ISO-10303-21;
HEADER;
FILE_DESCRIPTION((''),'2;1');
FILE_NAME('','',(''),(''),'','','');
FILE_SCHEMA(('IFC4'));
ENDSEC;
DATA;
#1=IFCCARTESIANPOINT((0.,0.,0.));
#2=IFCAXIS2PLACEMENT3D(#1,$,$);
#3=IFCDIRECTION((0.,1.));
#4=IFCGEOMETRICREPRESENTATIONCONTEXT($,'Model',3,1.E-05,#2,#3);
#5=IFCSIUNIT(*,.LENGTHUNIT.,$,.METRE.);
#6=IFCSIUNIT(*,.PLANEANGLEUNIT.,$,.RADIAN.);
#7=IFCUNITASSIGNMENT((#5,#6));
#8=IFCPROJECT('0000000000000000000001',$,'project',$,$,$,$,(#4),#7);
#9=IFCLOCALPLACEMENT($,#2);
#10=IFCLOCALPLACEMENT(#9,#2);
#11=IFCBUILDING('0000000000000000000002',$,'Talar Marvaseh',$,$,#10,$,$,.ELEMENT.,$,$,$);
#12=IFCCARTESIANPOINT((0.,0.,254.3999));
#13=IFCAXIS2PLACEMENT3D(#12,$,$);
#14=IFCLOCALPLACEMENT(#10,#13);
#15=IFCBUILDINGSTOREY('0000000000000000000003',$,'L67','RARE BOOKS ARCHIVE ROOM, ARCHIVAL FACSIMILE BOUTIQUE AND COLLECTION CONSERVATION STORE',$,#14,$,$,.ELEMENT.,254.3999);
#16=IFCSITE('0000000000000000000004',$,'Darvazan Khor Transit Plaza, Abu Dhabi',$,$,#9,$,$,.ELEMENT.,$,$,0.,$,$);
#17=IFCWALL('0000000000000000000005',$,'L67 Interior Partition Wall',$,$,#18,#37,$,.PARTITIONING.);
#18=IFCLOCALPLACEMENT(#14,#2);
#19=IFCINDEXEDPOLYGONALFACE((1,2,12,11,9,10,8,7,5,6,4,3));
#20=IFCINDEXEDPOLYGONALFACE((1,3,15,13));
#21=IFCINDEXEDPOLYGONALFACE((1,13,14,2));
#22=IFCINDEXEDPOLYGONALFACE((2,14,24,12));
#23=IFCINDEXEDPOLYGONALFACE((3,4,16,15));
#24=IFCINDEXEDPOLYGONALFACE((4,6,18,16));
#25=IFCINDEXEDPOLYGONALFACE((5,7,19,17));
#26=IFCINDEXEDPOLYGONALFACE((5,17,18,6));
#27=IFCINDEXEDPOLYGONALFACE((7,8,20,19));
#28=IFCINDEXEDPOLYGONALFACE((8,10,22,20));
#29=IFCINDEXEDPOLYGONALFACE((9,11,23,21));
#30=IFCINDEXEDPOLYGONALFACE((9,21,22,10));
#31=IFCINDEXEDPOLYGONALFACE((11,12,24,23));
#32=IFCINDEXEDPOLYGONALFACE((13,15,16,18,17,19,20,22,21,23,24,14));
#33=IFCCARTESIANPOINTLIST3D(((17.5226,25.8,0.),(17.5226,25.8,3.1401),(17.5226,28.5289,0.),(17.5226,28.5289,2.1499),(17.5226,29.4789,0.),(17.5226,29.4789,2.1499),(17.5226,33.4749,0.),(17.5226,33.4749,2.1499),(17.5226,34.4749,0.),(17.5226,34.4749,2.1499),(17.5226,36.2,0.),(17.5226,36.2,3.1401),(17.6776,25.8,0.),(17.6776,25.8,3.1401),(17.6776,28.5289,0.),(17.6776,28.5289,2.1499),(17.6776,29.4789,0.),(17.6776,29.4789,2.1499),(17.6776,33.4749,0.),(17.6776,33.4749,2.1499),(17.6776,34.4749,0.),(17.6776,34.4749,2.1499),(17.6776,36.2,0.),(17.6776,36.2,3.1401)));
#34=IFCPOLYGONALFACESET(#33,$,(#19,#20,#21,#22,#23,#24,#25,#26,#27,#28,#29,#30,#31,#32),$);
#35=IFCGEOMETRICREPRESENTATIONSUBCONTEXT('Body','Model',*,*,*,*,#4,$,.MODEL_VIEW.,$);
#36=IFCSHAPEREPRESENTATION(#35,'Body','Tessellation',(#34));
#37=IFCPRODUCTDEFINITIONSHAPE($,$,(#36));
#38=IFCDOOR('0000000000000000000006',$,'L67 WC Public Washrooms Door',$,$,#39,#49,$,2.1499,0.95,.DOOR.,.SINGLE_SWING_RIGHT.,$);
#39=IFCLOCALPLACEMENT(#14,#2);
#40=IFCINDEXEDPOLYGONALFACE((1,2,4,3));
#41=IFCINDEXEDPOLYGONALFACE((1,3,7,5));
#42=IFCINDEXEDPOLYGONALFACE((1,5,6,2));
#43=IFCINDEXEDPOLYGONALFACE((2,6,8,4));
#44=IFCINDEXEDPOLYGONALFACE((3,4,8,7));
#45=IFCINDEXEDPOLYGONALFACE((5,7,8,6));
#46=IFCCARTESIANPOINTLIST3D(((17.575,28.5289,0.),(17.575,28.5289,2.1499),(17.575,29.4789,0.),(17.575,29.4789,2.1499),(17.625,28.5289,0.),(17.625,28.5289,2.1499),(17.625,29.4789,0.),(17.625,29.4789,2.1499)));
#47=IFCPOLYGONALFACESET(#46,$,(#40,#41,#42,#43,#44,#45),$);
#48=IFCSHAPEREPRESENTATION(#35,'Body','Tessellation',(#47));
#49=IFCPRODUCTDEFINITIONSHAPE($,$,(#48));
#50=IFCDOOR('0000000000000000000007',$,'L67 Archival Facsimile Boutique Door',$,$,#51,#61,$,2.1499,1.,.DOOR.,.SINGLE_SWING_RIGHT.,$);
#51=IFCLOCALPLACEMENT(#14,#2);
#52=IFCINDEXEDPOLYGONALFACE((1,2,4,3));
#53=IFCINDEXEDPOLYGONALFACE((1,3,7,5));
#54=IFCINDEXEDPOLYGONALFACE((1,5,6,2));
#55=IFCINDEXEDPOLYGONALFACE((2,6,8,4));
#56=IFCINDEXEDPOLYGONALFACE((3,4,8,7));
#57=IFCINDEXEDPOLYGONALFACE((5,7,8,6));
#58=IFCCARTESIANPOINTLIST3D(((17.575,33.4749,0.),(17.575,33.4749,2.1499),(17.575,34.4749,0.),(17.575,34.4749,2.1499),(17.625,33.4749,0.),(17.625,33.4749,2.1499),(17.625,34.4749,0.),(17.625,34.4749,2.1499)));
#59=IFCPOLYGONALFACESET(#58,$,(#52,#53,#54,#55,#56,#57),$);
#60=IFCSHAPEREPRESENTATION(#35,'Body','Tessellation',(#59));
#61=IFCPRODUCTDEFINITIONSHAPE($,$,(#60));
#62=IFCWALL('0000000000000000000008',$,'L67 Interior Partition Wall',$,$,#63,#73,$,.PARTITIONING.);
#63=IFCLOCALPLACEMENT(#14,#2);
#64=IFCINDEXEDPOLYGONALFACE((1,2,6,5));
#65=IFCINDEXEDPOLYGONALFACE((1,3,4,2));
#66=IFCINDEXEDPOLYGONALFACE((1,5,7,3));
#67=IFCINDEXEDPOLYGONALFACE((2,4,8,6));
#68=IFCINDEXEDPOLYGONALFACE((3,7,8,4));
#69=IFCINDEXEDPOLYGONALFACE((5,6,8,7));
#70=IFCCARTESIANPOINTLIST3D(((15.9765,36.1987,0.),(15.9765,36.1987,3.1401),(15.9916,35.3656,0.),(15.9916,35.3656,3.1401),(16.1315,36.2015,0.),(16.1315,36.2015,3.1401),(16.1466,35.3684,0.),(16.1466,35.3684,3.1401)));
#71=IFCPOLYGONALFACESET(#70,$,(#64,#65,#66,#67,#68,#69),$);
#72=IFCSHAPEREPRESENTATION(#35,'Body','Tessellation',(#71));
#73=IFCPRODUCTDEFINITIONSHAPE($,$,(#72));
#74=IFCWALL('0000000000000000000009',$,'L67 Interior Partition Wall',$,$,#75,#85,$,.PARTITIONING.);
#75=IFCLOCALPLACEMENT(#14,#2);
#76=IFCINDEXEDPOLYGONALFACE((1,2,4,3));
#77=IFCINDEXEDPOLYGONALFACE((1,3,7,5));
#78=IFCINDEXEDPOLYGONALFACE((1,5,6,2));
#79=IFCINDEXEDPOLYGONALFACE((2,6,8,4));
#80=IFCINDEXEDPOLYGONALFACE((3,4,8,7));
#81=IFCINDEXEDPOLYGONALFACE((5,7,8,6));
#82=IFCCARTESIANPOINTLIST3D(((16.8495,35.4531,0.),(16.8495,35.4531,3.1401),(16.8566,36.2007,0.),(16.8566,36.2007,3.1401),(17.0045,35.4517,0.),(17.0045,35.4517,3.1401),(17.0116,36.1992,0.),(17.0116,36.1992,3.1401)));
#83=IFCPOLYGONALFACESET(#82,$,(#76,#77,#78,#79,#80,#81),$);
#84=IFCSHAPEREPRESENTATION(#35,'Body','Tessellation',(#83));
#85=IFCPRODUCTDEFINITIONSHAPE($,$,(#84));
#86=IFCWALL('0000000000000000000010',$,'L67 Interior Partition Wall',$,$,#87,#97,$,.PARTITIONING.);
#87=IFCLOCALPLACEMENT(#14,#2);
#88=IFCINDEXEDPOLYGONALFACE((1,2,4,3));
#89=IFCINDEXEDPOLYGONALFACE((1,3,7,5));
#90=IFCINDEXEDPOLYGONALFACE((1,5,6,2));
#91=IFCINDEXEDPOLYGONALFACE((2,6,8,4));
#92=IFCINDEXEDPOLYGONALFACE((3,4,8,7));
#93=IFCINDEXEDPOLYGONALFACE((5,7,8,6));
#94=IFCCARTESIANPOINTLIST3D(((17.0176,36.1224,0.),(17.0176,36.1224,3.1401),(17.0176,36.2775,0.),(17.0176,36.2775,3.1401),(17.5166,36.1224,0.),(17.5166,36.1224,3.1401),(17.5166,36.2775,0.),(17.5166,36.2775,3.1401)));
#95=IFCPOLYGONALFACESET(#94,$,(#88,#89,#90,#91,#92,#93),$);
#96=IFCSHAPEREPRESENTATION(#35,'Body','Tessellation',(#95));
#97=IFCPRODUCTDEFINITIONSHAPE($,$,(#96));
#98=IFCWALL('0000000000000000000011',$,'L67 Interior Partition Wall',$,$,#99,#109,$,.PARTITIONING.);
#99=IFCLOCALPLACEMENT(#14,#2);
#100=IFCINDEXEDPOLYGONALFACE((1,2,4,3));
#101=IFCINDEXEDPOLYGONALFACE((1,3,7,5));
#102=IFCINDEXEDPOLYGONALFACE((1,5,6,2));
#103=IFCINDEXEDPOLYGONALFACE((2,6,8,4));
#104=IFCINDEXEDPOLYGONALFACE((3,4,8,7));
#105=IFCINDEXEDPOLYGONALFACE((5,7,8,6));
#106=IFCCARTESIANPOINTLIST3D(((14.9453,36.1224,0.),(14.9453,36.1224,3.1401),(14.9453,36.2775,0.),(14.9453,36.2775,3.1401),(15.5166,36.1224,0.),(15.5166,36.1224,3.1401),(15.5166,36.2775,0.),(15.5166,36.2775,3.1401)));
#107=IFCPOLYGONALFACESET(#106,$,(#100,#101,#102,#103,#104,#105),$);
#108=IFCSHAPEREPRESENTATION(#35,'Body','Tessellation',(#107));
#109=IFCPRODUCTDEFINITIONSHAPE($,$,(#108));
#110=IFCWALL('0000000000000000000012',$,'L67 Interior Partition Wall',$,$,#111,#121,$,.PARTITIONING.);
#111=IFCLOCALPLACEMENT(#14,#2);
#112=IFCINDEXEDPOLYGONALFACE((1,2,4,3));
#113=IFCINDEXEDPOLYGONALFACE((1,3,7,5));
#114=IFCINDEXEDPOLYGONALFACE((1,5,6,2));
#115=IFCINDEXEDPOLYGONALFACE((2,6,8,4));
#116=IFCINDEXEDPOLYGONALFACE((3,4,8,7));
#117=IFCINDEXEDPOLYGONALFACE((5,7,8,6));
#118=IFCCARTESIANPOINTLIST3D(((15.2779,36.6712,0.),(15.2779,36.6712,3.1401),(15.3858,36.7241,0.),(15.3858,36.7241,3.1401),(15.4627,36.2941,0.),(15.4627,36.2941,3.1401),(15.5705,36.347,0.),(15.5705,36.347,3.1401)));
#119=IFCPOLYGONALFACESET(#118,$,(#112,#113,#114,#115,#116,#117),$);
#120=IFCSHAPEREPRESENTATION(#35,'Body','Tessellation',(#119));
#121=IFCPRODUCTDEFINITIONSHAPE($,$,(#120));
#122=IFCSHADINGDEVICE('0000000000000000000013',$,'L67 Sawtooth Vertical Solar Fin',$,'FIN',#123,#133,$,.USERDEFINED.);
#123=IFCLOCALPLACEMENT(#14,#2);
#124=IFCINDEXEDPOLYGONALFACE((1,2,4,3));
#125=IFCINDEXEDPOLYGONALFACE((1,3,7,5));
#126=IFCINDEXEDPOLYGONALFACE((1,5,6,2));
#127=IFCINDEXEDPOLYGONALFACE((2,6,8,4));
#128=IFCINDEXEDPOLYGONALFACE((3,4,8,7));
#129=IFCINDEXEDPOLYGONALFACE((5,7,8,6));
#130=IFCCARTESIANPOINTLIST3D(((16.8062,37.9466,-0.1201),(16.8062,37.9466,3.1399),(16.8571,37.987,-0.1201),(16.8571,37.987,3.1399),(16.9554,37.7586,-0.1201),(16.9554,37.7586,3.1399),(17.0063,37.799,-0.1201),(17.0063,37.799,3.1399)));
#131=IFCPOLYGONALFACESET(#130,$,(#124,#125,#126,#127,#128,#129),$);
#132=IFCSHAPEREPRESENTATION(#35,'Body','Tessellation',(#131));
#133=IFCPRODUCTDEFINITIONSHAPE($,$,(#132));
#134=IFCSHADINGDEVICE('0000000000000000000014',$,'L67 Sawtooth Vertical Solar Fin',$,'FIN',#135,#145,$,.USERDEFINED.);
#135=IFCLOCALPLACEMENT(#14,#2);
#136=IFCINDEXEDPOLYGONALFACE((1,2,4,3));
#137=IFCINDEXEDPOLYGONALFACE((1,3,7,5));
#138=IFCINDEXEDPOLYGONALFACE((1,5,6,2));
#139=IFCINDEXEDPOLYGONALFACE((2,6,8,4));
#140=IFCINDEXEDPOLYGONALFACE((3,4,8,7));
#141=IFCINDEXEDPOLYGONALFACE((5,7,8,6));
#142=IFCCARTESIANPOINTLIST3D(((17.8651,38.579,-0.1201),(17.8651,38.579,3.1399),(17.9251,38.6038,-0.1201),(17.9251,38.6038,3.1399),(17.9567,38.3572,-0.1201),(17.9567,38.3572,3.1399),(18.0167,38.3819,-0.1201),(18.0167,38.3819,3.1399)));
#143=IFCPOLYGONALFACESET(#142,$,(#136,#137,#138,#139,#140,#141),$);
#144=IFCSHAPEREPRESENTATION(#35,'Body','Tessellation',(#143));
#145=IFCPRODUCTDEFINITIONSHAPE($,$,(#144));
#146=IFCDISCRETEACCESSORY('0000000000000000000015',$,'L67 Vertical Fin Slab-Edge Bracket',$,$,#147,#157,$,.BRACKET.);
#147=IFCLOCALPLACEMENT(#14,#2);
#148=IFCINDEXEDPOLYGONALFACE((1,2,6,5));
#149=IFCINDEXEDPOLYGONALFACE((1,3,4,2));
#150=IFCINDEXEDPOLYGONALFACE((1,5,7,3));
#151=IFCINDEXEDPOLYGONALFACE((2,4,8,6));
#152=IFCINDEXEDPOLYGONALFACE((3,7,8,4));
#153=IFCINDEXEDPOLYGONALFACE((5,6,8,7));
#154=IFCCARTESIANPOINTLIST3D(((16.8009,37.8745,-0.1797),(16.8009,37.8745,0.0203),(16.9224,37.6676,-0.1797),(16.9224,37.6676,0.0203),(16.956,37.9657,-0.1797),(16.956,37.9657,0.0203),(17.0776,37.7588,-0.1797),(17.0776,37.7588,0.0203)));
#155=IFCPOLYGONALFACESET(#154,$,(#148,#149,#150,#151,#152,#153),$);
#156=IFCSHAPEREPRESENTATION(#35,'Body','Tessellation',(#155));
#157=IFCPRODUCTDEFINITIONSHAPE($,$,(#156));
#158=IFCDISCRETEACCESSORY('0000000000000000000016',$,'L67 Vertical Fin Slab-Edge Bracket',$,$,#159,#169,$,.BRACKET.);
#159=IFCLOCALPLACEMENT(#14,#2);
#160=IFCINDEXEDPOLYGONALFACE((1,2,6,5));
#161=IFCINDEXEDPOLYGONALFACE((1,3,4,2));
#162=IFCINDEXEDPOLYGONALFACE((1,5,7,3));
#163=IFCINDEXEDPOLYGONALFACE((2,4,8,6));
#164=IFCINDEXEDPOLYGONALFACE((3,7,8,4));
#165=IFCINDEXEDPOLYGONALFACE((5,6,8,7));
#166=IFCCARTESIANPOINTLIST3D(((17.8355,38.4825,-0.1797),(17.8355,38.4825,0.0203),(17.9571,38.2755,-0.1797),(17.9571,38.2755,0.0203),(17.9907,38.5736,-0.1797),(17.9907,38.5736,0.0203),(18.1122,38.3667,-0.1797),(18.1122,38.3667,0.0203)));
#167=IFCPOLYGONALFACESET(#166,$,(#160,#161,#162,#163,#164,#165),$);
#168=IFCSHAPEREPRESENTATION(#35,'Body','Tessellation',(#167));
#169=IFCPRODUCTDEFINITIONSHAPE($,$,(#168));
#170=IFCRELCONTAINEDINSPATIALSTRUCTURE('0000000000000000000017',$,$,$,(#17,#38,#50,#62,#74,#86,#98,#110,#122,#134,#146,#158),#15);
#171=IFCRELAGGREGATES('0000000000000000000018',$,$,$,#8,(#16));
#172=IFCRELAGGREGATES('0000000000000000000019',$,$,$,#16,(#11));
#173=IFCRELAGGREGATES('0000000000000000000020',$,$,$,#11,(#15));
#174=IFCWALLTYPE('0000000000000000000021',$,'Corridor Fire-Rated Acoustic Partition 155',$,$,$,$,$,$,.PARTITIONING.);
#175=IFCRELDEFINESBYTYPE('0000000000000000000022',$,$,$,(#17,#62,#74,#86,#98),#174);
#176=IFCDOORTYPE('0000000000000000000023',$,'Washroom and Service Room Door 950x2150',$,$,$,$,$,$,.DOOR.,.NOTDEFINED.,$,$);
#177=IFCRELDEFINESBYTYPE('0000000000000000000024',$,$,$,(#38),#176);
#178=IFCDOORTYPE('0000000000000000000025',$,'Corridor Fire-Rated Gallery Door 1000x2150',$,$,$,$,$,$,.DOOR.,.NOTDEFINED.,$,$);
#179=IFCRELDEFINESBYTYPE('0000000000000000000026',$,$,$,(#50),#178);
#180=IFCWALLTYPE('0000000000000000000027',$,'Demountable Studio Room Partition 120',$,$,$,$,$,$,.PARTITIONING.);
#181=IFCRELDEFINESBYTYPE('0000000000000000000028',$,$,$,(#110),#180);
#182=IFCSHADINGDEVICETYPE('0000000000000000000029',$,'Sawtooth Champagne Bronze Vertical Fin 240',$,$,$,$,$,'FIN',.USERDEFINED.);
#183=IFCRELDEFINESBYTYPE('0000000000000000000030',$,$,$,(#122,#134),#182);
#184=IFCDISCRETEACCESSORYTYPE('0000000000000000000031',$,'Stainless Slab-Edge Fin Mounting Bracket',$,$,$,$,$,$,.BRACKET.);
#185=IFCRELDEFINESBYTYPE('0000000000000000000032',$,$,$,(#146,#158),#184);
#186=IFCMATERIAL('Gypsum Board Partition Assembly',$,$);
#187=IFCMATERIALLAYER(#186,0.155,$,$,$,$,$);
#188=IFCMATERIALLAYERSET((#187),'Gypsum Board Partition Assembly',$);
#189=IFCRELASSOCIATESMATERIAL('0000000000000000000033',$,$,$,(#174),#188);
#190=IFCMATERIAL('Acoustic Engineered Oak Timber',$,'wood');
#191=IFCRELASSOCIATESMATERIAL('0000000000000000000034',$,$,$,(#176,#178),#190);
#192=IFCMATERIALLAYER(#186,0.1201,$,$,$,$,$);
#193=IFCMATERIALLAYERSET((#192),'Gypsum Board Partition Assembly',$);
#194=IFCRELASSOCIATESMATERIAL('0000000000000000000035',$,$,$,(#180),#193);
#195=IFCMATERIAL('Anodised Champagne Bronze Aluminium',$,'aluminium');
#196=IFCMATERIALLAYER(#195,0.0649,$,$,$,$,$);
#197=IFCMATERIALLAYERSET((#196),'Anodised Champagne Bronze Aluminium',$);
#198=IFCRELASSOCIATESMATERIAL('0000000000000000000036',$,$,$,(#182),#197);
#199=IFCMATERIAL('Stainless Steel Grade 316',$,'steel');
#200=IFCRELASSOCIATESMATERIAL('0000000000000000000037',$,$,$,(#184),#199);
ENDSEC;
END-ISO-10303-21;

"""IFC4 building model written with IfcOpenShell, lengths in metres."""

from ifc_helpers import new_model, si_unit, direction, frame, frame_2d, origin, origin_2d, place, context, subcontext, project, spatial, rectangle, extrude, source, transform, mapped, material, layer, layer_set, type_object, type_shapes, element, fill, save


model = new_model("IFC4")

# Units and contexts
model_context = context("Model", 3, precision=1e-05, world=origin(), true_north=direction((0.0, 1.0)))
body_context = subcontext(model_context, "Body", "Model", "MODEL_VIEW")
ifc_project = project(units=[si_unit("LENGTHUNIT", "METRE"), si_unit("PLANEANGLEUNIT", "RADIAN")], contexts=[model_context])

# Site, building, storey
site_placement = place(None, origin())
site = spatial("IfcSite", under=ifc_project, at=site_placement, Name="Darvazan Khor Transit Plaza, Abu Dhabi", CompositionType="ELEMENT", RefElevation=0.0)
building_placement = place(site_placement, origin())
building = spatial("IfcBuilding", under=site, at=building_placement, Name="Talar Marvaseh", CompositionType="ELEMENT")
storey_placement = place(building_placement, frame((0.0, 0.0, 254.3999)))
storey = spatial("IfcBuildingStorey", under=building, at=storey_placement, Name="L67", Description="RARE BOOKS ARCHIVE ROOM, ARCHIVAL FACSIMILE BOUTIQUE AND COLLECTION CONSERVATION STORE", CompositionType="ELEMENT", Elevation=254.3999)

# Wall, openings, doors
ifc_material_1 = material(Name="Gypsum Board Partition Assembly")
ifc_layer_1 = layer(ifc_material_1, 0.155)
ifc_layer_set_1 = layer_set([ifc_layer_1], Name="Gypsum Board Partition Assembly")
wall_type_1 = type_object("IfcWallType", Name="Corridor Fire-Rated Acoustic Partition 155", PredefinedType="PARTITIONING", material=ifc_layer_set_1)
wall_1_placement = place(storey_placement, frame((17.6001, 36.2, 0.0), z_axis=(0.0, 0.0, 1.0), x_axis=(0.0, -1.0, 0.0)))
wall_1 = element("IfcWall", 1, at=wall_1_placement, inside=storey, type_object=wall_type_1, Name="L67 Interior Partition Wall", PredefinedType="PARTITIONING", context=body_context, shape_type="SweptSolid", body=[
    extrude(rectangle(XDim=10.3999, YDim=0.155, at=frame_2d((5.2, 0.0))), origin(), (0.0, 0.0, 1.0), 3.1401),
])
opening_1_placement = place(wall_1_placement, frame((1.7251, 0.0, 0.0)))
opening_1 = element("IfcOpeningElement", 2, at=opening_1_placement, cuts=wall_1, PredefinedType="OPENING", context=body_context, shape_type="SweptSolid", body=[
    extrude(rectangle(XDim=1.0, YDim=2.1499, at=frame_2d((0.5, 1.075))), frame((0.0, 0.0874, 0.0), z_axis=(0.0, -1.0, 0.0), x_axis=(1.0, 0.0, 0.0)), (0.0, 0.0, 1.0), 0.175),
])
opening_2_placement = place(wall_1_placement, frame((6.7209, 0.0, 0.0)))
opening_2 = element("IfcOpeningElement", 3, at=opening_2_placement, cuts=wall_1, PredefinedType="OPENING", context=body_context, shape_type="SweptSolid", body=[
    extrude(rectangle(XDim=0.95, YDim=2.1499, at=frame_2d((0.4751, 1.075))), frame((0.0, 0.0874, 0.0), z_axis=(0.0, -1.0, 0.0), x_axis=(1.0, 0.0, 0.0)), (0.0, 0.0, 1.0), 0.175),
])
ifc_material_2 = material(Name="Acoustic Engineered Oak Timber", Category="wood")
door_type_1 = type_object("IfcDoorType", Name="Washroom and Service Room Door 950x2150", OperationType="NOTDEFINED", PredefinedType="DOOR", material=ifc_material_2)
shared_shape_1 = source(origin(), body_context, "Body", "SweptSolid", [
    extrude(rectangle(XDim=0.95, YDim=2.1499, at=frame_2d((0.4751, 1.075))), frame((0.0, 0.0249, 0.0), z_axis=(0.0, -1.0, 0.0), x_axis=(1.0, 0.0, 0.0)), (0.0, 0.0, 1.0), 0.05),
])
type_shapes(door_type_1, [shared_shape_1])
door_1_placement = place(opening_2_placement, origin())
door_1 = element("IfcDoor", 4, at=door_1_placement, inside=storey, type_object=door_type_1, Name="L67 WC Public Washrooms Door", OperationType="SINGLE_SWING_RIGHT", OverallHeight=2.1499, OverallWidth=0.95, PredefinedType="DOOR", context=body_context, shape_type="MappedRepresentation", body=[
    mapped(shared_shape_1, transform((0.0, 0.0, 0.0), x_axis=(1.0, 0.0, 0.0), y_axis=(0.0, 1.0, 0.0), z_axis=(0.0, 0.0, 1.0), scale=1.0)),
])
fill(opening_2, door_1)
door_type_2 = type_object("IfcDoorType", Name="Corridor Fire-Rated Gallery Door 1000x2150", OperationType="NOTDEFINED", PredefinedType="DOOR", material=ifc_material_2)
shared_shape_2 = source(origin(), body_context, "Body", "SweptSolid", [
    extrude(rectangle(XDim=1.0, YDim=2.1499, at=frame_2d((0.5, 1.075))), frame((0.0, 0.0249, 0.0), z_axis=(0.0, -1.0, 0.0), x_axis=(1.0, 0.0, 0.0)), (0.0, 0.0, 1.0), 0.05),
])
type_shapes(door_type_2, [shared_shape_2])
door_2_placement = place(opening_1_placement, origin())
door_2 = element("IfcDoor", 5, at=door_2_placement, inside=storey, type_object=door_type_2, Name="L67 Archival Facsimile Boutique Door", OperationType="SINGLE_SWING_RIGHT", OverallHeight=2.1499, OverallWidth=1.0, PredefinedType="DOOR", context=body_context, shape_type="MappedRepresentation", body=[
    mapped(shared_shape_2, transform((0.0, 0.0, 0.0), x_axis=(1.0, 0.0, 0.0), y_axis=(0.0, 1.0, 0.0), z_axis=(0.0, 0.0, 1.0), scale=1.0)),
])
fill(opening_1, door_2)

# Walls
wall_2_placement = place(storey_placement, frame((16.054, 36.2, 0.0), z_axis=(0.0, 0.0, 1.0), x_axis=(0.018168, -0.999835, 0.0)))
element("IfcWall", 6, at=wall_2_placement, inside=storey, type_object=wall_type_1, Name="L67 Interior Partition Wall", PredefinedType="PARTITIONING", context=body_context, shape_type="SweptSolid", body=[
    extrude(rectangle(XDim=0.8333, YDim=0.155, at=frame_2d((0.4165, 0.0))), origin(), (0.0, 0.0, 1.0), 3.1401),
])
wall_3_placement = place(storey_placement, frame((16.927, 35.4524, 0.0), z_axis=(0.0, 0.0, 1.0), x_axis=(0.009471, 0.999955, 0.0)))
element("IfcWall", 7, at=wall_3_placement, inside=storey, type_object=wall_type_1, Name="L67 Interior Partition Wall", PredefinedType="PARTITIONING", context=body_context, shape_type="SweptSolid", body=[
    extrude(rectangle(XDim=0.7476, YDim=0.155, at=frame_2d((0.3738, 0.0))), origin(), (0.0, 0.0, 1.0), 3.1401),
])
wall_4_placement = place(storey_placement, frame((17.0176, 36.2, 0.0), z_axis=(0.0, 0.0, 1.0), x_axis=(1.0, 0.0, 0.0)))
element("IfcWall", 8, at=wall_4_placement, inside=storey, type_object=wall_type_1, Name="L67 Interior Partition Wall", PredefinedType="PARTITIONING", context=body_context, shape_type="SweptSolid", body=[
    extrude(rectangle(XDim=0.499, YDim=0.155, at=frame_2d((0.2495, 0.0))), origin(), (0.0, 0.0, 1.0), 3.1401),
])
wall_5_placement = place(storey_placement, frame((14.9453, 36.2, 0.0), z_axis=(0.0, 0.0, 1.0), x_axis=(1.0, 0.0, 0.0)))
element("IfcWall", 9, at=wall_5_placement, inside=storey, type_object=wall_type_1, Name="L67 Interior Partition Wall", PredefinedType="PARTITIONING", context=body_context, shape_type="SweptSolid", body=[
    extrude(rectangle(XDim=0.5713, YDim=0.155, at=frame_2d((0.2856, 0.0))), origin(), (0.0, 0.0, 1.0), 3.1401),
])
ifc_layer_2 = layer(ifc_material_1, 0.1201)
ifc_layer_set_2 = layer_set([ifc_layer_2], Name="Gypsum Board Partition Assembly")
wall_type_2 = type_object("IfcWallType", Name="Demountable Studio Room Partition 120", PredefinedType="PARTITIONING", material=ifc_layer_set_2)
wall_6_placement = place(storey_placement, frame((15.5166, 36.3206, 0.0), z_axis=(0.0, 0.0, 1.0), x_axis=(-0.439992, 0.898002, 0.0)))
element("IfcWall", 10, at=wall_6_placement, inside=storey, type_object=wall_type_2, Name="L67 Interior Partition Wall", PredefinedType="PARTITIONING", context=body_context, shape_type="SweptSolid", body=[
    extrude(rectangle(XDim=0.4199, YDim=0.1201, at=frame_2d((0.21, 0.0))), origin(), (0.0, 0.0, 1.0), 3.1401),
])

# Shading devices
ifc_material_3 = material(Name="Anodised Champagne Bronze Aluminium", Category="aluminium")
ifc_layer_3 = layer(ifc_material_3, 0.0649)
ifc_layer_set_3 = layer_set([ifc_layer_3], Name="Anodised Champagne Bronze Aluminium")
shading_device_type = type_object("IfcShadingDeviceType", Name="Sawtooth Champagne Bronze Vertical Fin 240", ElementType="FIN", PredefinedType="USERDEFINED", material=ifc_layer_set_3)
shared_shape_3 = source(origin(), body_context, "Body", "SweptSolid", [
    extrude(rectangle(XDim=0.24, YDim=0.0649, at=origin_2d()), origin(), (0.0, 0.0, 1.0), 3.26),
])
type_shapes(shading_device_type, [shared_shape_3])
for number, where, z_axis, x_axis, name in (
    (11, (16.9062, 37.8728, -0.1201), (0.0, 0.0, 1.0), (-0.621558, 0.783368, 0.0), "L67 Sawtooth Vertical Solar Fin"),
    (12, (17.9409, 38.4805, -0.1201), (0.0, 0.0, 1.0), (-0.381554, 0.924346, 0.0), "L67 Sawtooth Vertical Solar Fin"),
):
    element("IfcShadingDevice", number, at=place(storey_placement, frame(where, z_axis=z_axis, x_axis=x_axis)), inside=storey, type_object=shading_device_type, Name=name, ObjectType="FIN", PredefinedType="USERDEFINED", context=body_context, shape_type="MappedRepresentation", body=[
        mapped(shared_shape_3, transform((0.0, 0.0, 0.0), x_axis=(1.0, 0.0, 0.0), y_axis=(0.0, 1.0, 0.0), z_axis=(0.0, 0.0, 1.0), scale=1.0)),
    ])

# Discrete accessories
ifc_material_4 = material(Name="Stainless Steel Grade 316", Category="steel")
discrete_accessory_type = type_object("IfcDiscreteAccessoryType", Name="Stainless Slab-Edge Fin Mounting Bracket", PredefinedType="BRACKET", material=ifc_material_4)
shared_shape_4 = source(origin(), body_context, "Body", "SweptSolid", [
    extrude(rectangle(XDim=0.24, YDim=0.1799, at=origin_2d()), origin(), (0.0, 0.0, 1.0), 0.2),
])
type_shapes(discrete_accessory_type, [shared_shape_4])
for number, where, z_axis, x_axis, name in (
    (13, (16.9392, 37.8167, -0.1797), (0.0, 0.0, 1.0), (-0.506485, 0.862249, 0.0), "L67 Vertical Fin Slab-Edge Bracket"),
    (14, (17.9739, 38.4246, -0.1797), (0.0, 0.0, 1.0), (-0.506485, 0.862249, 0.0), "L67 Vertical Fin Slab-Edge Bracket"),
):
    element("IfcDiscreteAccessory", number, at=place(storey_placement, frame(where, z_axis=z_axis, x_axis=x_axis)), inside=storey, type_object=discrete_accessory_type, Name=name, PredefinedType="BRACKET", context=body_context, shape_type="MappedRepresentation", body=[
        mapped(shared_shape_4, transform((0.0, 0.0, 0.0), x_axis=(1.0, 0.0, 0.0), y_axis=(0.0, 1.0, 0.0), z_axis=(0.0, 0.0, 1.0), scale=1.0)),
    ])

save(model, "model.ifc")
